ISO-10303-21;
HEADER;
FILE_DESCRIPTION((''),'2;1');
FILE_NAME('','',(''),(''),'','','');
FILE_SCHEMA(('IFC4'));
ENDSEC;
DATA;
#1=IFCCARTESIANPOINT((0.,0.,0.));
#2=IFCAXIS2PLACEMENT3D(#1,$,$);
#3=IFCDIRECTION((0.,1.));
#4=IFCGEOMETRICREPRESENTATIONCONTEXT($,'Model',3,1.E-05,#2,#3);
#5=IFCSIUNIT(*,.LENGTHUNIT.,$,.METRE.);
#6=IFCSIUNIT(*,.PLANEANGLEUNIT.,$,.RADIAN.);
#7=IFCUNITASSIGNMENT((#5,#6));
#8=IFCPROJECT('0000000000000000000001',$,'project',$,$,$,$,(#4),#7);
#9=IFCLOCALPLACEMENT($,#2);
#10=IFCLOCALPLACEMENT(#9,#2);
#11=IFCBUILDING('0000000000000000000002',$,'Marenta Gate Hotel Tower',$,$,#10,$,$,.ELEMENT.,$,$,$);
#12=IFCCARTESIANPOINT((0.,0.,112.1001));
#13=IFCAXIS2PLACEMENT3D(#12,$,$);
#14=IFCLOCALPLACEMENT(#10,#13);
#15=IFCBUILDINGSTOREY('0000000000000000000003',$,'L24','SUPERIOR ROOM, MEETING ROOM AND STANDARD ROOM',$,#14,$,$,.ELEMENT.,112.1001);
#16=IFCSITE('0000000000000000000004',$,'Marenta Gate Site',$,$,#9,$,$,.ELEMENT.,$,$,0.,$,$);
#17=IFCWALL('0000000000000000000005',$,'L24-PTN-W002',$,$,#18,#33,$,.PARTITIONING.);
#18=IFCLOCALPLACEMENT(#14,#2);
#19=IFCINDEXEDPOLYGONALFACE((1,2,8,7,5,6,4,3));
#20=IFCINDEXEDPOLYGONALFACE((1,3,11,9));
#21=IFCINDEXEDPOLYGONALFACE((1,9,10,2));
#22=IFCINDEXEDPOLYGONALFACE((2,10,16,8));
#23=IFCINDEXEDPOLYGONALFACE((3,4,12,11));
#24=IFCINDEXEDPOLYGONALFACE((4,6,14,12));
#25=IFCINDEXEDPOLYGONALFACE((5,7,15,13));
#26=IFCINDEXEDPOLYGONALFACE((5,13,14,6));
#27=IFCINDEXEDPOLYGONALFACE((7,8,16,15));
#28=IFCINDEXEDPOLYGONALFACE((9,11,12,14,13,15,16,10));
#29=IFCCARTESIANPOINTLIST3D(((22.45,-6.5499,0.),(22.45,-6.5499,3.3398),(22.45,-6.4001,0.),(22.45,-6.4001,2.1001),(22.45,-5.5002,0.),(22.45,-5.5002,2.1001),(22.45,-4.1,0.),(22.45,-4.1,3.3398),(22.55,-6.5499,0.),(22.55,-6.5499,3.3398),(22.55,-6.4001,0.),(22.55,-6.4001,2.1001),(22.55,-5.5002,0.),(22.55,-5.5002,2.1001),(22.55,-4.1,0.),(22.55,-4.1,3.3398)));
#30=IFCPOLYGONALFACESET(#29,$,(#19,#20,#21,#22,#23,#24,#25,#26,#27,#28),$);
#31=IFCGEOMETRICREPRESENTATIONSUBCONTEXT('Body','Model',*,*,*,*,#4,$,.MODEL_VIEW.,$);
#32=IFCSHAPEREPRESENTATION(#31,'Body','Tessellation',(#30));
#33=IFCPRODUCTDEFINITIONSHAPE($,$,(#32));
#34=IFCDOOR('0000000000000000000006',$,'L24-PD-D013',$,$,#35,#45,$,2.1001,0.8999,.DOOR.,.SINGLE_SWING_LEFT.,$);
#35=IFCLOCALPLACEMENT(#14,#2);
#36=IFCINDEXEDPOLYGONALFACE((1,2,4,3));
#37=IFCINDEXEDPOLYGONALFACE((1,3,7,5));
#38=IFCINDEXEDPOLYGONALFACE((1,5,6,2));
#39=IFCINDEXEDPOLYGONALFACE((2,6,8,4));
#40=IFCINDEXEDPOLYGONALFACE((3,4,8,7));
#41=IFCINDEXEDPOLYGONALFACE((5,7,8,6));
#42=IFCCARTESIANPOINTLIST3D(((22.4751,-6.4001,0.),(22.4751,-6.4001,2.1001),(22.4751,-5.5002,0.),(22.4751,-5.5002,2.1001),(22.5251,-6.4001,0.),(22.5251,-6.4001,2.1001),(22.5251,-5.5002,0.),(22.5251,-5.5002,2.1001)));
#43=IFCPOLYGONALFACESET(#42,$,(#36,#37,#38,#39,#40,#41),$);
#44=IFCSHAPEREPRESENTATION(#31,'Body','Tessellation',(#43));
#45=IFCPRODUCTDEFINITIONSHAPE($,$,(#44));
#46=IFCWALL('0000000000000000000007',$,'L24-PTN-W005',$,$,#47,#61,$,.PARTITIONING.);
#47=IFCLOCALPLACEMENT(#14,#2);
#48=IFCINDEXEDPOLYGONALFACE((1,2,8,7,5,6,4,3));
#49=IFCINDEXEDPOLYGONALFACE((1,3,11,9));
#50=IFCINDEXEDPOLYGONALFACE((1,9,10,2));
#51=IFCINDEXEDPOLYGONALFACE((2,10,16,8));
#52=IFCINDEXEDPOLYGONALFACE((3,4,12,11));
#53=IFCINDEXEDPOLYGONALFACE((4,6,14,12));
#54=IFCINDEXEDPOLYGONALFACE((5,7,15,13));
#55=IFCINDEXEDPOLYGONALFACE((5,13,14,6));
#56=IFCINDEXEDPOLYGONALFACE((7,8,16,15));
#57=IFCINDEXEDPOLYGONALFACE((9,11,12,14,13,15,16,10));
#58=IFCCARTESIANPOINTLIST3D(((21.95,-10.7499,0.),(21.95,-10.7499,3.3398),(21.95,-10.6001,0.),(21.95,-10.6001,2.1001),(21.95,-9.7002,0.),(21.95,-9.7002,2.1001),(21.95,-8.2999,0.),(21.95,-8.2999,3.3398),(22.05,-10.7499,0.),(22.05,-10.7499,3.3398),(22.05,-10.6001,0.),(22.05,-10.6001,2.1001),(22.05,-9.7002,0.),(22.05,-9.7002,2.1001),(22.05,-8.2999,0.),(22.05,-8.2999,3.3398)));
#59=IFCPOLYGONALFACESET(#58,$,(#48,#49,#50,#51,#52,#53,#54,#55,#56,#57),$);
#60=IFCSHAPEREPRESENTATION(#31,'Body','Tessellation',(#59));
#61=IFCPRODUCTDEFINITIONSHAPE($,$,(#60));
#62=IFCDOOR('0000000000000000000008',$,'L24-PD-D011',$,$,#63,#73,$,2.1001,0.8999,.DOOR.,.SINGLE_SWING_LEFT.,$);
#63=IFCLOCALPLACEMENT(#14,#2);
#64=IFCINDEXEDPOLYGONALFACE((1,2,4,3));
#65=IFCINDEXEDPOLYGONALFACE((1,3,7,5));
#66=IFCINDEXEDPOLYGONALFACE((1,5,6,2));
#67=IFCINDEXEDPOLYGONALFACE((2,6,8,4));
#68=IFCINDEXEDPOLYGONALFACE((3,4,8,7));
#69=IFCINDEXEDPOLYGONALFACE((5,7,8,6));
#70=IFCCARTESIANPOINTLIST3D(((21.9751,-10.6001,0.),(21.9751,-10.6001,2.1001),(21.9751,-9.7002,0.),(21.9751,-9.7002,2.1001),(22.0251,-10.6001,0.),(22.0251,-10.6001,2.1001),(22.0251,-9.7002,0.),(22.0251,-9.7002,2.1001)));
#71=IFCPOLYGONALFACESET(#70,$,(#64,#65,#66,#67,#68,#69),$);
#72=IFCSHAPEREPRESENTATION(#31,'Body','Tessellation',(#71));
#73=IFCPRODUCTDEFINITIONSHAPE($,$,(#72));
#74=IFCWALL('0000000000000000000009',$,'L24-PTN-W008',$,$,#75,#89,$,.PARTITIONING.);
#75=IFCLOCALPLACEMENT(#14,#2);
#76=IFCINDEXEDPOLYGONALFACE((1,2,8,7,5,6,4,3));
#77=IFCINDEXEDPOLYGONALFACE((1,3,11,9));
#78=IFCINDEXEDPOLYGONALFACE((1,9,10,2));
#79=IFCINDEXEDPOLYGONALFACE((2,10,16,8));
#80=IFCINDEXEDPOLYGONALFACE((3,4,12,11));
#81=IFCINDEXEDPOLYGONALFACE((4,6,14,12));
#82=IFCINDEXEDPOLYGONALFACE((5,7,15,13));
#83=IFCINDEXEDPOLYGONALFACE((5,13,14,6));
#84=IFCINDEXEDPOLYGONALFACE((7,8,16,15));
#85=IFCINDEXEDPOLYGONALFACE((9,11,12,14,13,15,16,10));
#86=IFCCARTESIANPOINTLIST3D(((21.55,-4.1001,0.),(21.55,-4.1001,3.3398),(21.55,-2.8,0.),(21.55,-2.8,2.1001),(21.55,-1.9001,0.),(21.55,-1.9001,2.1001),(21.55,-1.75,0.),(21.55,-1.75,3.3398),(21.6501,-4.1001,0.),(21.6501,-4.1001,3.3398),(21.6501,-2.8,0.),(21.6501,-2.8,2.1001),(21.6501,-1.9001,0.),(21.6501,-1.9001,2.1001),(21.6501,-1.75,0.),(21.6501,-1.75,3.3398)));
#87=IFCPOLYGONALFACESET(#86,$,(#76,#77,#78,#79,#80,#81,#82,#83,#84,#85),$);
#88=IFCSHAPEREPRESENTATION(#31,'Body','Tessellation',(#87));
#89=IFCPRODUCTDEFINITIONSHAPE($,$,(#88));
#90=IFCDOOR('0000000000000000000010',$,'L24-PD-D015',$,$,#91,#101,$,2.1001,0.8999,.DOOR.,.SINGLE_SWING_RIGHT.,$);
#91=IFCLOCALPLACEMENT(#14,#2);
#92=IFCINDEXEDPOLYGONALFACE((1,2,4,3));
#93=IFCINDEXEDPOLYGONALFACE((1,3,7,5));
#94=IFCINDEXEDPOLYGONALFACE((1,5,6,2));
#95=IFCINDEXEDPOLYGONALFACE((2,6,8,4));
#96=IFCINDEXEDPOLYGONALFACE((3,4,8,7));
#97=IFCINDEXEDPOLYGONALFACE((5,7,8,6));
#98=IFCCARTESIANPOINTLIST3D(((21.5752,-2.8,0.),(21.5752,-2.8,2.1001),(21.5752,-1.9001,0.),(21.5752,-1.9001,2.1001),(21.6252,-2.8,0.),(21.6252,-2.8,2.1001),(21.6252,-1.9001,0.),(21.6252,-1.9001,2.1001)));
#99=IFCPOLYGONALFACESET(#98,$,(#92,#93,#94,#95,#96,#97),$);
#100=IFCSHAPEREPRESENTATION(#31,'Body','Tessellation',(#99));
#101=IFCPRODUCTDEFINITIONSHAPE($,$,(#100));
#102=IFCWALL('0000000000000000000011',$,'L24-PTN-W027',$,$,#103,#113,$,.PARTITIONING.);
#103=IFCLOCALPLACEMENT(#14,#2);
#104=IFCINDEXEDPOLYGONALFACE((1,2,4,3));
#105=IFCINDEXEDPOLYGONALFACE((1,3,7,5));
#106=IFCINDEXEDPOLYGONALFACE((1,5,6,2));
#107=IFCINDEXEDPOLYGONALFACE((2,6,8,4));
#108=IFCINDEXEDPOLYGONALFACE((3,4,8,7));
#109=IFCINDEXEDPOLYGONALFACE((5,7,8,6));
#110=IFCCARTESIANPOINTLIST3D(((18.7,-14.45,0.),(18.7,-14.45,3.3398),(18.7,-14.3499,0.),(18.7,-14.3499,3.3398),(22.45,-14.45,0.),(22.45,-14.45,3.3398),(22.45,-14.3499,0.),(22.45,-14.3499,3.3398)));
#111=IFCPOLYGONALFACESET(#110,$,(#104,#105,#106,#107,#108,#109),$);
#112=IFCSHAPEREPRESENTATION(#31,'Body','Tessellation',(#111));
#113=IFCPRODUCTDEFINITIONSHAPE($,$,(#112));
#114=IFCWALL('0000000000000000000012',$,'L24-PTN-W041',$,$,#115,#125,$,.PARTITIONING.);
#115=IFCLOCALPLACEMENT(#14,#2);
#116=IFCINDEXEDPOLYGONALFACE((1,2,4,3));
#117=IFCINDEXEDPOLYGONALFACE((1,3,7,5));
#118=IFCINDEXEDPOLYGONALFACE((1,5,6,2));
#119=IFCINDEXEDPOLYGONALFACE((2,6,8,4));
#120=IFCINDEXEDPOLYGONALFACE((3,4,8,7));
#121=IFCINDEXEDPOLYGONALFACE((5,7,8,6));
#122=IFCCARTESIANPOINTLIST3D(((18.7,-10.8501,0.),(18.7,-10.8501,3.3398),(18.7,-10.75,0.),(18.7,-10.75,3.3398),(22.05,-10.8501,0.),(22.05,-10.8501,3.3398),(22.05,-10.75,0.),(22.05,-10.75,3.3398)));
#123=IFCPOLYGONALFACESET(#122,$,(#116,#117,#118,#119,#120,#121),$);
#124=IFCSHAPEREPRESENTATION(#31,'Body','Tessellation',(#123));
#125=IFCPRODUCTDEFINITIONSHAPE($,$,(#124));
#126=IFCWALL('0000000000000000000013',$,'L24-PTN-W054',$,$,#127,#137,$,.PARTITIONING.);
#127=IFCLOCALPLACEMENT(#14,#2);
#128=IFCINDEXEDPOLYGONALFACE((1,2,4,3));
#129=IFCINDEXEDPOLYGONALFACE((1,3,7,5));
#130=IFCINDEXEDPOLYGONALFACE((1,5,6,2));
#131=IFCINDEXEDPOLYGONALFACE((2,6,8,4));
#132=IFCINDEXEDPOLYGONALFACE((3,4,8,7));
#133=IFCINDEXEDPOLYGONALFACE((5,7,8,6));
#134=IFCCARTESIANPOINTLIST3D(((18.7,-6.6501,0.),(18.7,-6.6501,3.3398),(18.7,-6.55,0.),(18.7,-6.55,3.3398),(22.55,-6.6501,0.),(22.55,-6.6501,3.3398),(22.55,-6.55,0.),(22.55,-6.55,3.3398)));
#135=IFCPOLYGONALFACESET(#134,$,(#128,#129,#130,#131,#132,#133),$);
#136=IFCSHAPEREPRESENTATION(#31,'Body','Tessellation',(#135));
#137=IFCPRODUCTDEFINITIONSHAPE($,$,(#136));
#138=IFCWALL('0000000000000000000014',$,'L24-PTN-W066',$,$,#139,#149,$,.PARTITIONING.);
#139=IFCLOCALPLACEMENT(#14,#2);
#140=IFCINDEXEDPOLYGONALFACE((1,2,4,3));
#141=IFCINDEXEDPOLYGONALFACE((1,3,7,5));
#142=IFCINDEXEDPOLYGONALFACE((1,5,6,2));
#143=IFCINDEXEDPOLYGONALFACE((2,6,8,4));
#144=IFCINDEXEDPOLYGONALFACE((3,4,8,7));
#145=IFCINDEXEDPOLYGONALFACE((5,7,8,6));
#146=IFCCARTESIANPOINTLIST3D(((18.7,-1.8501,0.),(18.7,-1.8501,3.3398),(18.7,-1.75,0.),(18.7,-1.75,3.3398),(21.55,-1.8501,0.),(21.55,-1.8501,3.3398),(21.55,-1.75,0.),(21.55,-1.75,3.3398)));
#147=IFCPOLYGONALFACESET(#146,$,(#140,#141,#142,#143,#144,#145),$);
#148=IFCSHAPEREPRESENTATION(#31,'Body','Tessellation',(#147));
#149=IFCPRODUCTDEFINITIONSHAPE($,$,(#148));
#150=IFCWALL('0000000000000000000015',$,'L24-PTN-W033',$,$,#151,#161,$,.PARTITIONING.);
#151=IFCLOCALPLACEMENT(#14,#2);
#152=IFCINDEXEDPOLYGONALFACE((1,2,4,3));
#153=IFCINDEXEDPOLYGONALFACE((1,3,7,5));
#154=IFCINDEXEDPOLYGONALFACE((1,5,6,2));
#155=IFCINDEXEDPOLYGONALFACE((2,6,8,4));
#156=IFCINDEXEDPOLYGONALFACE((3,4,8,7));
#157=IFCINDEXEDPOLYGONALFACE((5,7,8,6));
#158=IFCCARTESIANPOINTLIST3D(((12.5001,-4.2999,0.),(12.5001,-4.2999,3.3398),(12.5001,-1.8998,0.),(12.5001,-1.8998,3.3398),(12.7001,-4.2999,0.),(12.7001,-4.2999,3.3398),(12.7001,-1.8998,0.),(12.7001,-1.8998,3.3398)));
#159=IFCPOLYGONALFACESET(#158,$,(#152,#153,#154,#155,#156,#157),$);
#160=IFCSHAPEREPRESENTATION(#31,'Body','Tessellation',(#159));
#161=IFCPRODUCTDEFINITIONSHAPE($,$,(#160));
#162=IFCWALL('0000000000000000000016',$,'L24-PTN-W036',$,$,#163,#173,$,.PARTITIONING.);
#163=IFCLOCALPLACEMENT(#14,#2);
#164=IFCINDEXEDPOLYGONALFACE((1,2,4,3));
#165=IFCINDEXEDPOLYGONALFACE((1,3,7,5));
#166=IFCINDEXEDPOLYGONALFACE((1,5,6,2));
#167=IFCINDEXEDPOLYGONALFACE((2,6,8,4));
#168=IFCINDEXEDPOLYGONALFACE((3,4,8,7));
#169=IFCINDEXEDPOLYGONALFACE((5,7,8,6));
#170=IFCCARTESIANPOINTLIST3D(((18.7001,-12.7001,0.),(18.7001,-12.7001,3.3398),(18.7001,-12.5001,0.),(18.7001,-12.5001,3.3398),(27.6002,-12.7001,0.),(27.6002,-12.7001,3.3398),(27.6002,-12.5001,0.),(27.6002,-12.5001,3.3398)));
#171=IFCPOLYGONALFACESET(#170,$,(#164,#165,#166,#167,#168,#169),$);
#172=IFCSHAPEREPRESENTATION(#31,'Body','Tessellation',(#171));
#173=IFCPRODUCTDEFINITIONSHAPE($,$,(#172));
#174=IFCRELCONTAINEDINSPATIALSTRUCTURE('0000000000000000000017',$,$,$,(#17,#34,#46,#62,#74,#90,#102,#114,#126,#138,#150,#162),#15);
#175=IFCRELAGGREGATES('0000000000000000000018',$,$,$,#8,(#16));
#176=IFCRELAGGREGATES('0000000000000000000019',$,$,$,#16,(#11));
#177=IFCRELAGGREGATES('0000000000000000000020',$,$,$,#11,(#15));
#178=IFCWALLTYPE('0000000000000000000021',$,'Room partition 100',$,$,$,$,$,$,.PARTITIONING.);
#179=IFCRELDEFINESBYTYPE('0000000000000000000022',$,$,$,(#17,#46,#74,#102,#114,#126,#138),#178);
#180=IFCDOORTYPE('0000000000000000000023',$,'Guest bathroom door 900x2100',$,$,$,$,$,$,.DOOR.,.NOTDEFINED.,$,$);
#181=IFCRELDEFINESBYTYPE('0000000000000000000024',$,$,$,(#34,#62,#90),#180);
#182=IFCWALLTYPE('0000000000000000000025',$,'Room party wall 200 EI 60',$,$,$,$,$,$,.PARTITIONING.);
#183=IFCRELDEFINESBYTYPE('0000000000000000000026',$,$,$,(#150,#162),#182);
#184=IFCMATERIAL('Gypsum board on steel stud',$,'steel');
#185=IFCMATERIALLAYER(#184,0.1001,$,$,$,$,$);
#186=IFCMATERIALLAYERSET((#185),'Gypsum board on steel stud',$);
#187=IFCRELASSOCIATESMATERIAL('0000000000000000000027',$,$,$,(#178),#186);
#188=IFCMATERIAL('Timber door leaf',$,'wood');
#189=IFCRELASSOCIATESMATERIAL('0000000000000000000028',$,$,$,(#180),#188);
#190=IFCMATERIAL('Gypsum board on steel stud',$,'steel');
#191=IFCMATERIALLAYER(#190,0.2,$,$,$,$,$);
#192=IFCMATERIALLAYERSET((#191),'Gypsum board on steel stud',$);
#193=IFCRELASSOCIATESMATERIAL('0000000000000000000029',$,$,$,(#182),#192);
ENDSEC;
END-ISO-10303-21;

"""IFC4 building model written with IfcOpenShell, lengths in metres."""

from ifc_helpers import new_model, si_unit, direction, frame, frame_2d, origin, place, context, subcontext, project, spatial, rectangle, extrude, material, layer, layer_set, type_object, element, fill, save


model = new_model("IFC4")

# Units and contexts
model_context = context("Model", 3, precision=1e-05, world=origin(), true_north=direction((0.0, 1.0)))
body_context = subcontext(model_context, "Body", "Model", "MODEL_VIEW")
ifc_project = project(units=[si_unit("LENGTHUNIT", "METRE"), si_unit("PLANEANGLEUNIT", "RADIAN")], contexts=[model_context])

# Site, building, storey
site_placement = place(None, origin())
site = spatial("IfcSite", under=ifc_project, at=site_placement, Name="Marenta Gate Site", CompositionType="ELEMENT", RefElevation=0.0)
building_placement = place(site_placement, origin())
building = spatial("IfcBuilding", under=site, at=building_placement, Name="Marenta Gate Hotel Tower", CompositionType="ELEMENT")
storey_placement = place(building_placement, frame((0.0, 0.0, 112.1001)))
storey = spatial("IfcBuildingStorey", under=building, at=storey_placement, Name="L24", Description="SUPERIOR ROOM, MEETING ROOM AND STANDARD ROOM", CompositionType="ELEMENT", Elevation=112.1001)

# Walls, openings, doors
ifc_material_1 = material(Name="Gypsum board on steel stud", Category="steel")
ifc_layer_1 = layer(ifc_material_1, 0.1001)
ifc_layer_set_1 = layer_set([ifc_layer_1], Name="Gypsum board on steel stud")
wall_type_1 = type_object("IfcWallType", Name="Room partition 100", PredefinedType="PARTITIONING", material=ifc_layer_set_1)
wall_1_placement = place(storey_placement, frame((22.5, -6.55, 0.0), z_axis=(0.0, 0.0, 1.0), x_axis=(0.0, 1.0, 0.0)))
wall_1 = element("IfcWall", 1, at=wall_1_placement, inside=storey, type_object=wall_type_1, Name="L24-PTN-W002", PredefinedType="PARTITIONING", context=body_context, shape_type="SweptSolid", body=[
    extrude(rectangle(XDim=2.45, YDim=0.1001, at=frame_2d((1.2251, 0.0))), origin(), (0.0, 0.0, 1.0), 3.3398),
])
opening_1_placement = place(wall_1_placement, frame((0.1499, 0.0, 0.0)))
opening_1 = element("IfcOpeningElement", 2, at=opening_1_placement, cuts=wall_1, PredefinedType="OPENING", context=body_context, shape_type="SweptSolid", body=[
    extrude(rectangle(XDim=0.8999, YDim=2.1001, at=frame_2d((0.45, 1.05))), frame((0.0, 0.05, 0.0), z_axis=(0.0, -1.0, 0.0), x_axis=(1.0, 0.0, 0.0)), (0.0, 0.0, 1.0), 0.1001),
])
ifc_material_2 = material(Name="Timber door leaf", Category="wood")
door_type_1 = type_object("IfcDoorType", Name="Guest bathroom door 900x2100", OperationType="NOTDEFINED", PredefinedType="DOOR", material=ifc_material_2)
door_1_placement = place(opening_1_placement, origin())
door_1 = element("IfcDoor", 3, at=door_1_placement, inside=storey, type_object=door_type_1, Name="L24-PD-D013", OperationType="SINGLE_SWING_LEFT", OverallHeight=2.1001, OverallWidth=0.8999, PredefinedType="DOOR", context=body_context, shape_type="SweptSolid", body=[
    extrude(rectangle(XDim=0.8999, YDim=2.1001, at=frame_2d((0.45, 1.05))), frame((0.0, 0.0249, 0.0), z_axis=(0.0, -1.0, 0.0), x_axis=(1.0, 0.0, 0.0)), (0.0, 0.0, 1.0), 0.05),
])
fill(opening_1, door_1)
wall_2_placement = place(storey_placement, frame((22.0, -10.75, 0.0), z_axis=(0.0, 0.0, 1.0), x_axis=(0.0, 1.0, 0.0)))
wall_2 = element("IfcWall", 4, at=wall_2_placement, inside=storey, type_object=wall_type_1, Name="L24-PTN-W005", PredefinedType="PARTITIONING", context=body_context, shape_type="SweptSolid", body=[
    extrude(rectangle(XDim=2.45, YDim=0.1001, at=frame_2d((1.2251, 0.0))), origin(), (0.0, 0.0, 1.0), 3.3398),
])
opening_2_placement = place(wall_2_placement, frame((0.1499, 0.0, 0.0)))
opening_2 = element("IfcOpeningElement", 5, at=opening_2_placement, cuts=wall_2, PredefinedType="OPENING", context=body_context, shape_type="SweptSolid", body=[
    extrude(rectangle(XDim=0.8999, YDim=2.1001, at=frame_2d((0.45, 1.05))), frame((0.0, 0.05, 0.0), z_axis=(0.0, -1.0, 0.0), x_axis=(1.0, 0.0, 0.0)), (0.0, 0.0, 1.0), 0.1001),
])
door_2_placement = place(opening_2_placement, origin())
door_2 = element("IfcDoor", 6, at=door_2_placement, inside=storey, type_object=door_type_1, Name="L24-PD-D011", OperationType="SINGLE_SWING_LEFT", OverallHeight=2.1001, OverallWidth=0.8999, PredefinedType="DOOR", context=body_context, shape_type="SweptSolid", body=[
    extrude(rectangle(XDim=0.8999, YDim=2.1001, at=frame_2d((0.45, 1.05))), frame((0.0, 0.0249, 0.0), z_axis=(0.0, -1.0, 0.0), x_axis=(1.0, 0.0, 0.0)), (0.0, 0.0, 1.0), 0.05),
])
fill(opening_2, door_2)
wall_3_placement = place(storey_placement, frame((21.6001, -4.1001, 0.0), z_axis=(0.0, 0.0, 1.0), x_axis=(0.0, 1.0, 0.0)))
wall_3 = element("IfcWall", 7, at=wall_3_placement, inside=storey, type_object=wall_type_1, Name="L24-PTN-W008", PredefinedType="PARTITIONING", context=body_context, shape_type="SweptSolid", body=[
    extrude(rectangle(XDim=2.3501, YDim=0.1001, at=frame_2d((1.175, 0.0))), origin(), (0.0, 0.0, 1.0), 3.3398),
])
opening_3_placement = place(wall_3_placement, frame((1.3, 0.0, 0.0)))
opening_3 = element("IfcOpeningElement", 8, at=opening_3_placement, cuts=wall_3, PredefinedType="OPENING", context=body_context, shape_type="SweptSolid", body=[
    extrude(rectangle(XDim=0.8999, YDim=2.1001, at=frame_2d((0.45, 1.05))), frame((0.0, 0.05, 0.0), z_axis=(0.0, -1.0, 0.0), x_axis=(1.0, 0.0, 0.0)), (0.0, 0.0, 1.0), 0.1001),
])
door_3_placement = place(opening_3_placement, origin())
door_3 = element("IfcDoor", 9, at=door_3_placement, inside=storey, type_object=door_type_1, Name="L24-PD-D015", OperationType="SINGLE_SWING_RIGHT", OverallHeight=2.1001, OverallWidth=0.8999, PredefinedType="DOOR", context=body_context, shape_type="SweptSolid", body=[
    extrude(rectangle(XDim=0.8999, YDim=2.1001, at=frame_2d((0.45, 1.05))), frame((0.0, 0.0249, 0.0), z_axis=(0.0, -1.0, 0.0), x_axis=(1.0, 0.0, 0.0)), (0.0, 0.0, 1.0), 0.05),
])
fill(opening_3, door_3)

# Walls
wall_4_placement = place(storey_placement, frame((18.7, -14.3999, 0.0), z_axis=(0.0, 0.0, 1.0), x_axis=(1.0, 0.0, 0.0)))
element("IfcWall", 10, at=wall_4_placement, inside=storey, type_object=wall_type_1, Name="L24-PTN-W027", PredefinedType="PARTITIONING", context=body_context, shape_type="SweptSolid", body=[
    extrude(rectangle(XDim=3.75, YDim=0.1001, at=frame_2d((1.875, 0.0))), origin(), (0.0, 0.0, 1.0), 3.3398),
])
wall_5_placement = place(storey_placement, frame((18.7, -10.8, 0.0), z_axis=(0.0, 0.0, 1.0), x_axis=(1.0, 0.0, 0.0)))
element("IfcWall", 11, at=wall_5_placement, inside=storey, type_object=wall_type_1, Name="L24-PTN-W041", PredefinedType="PARTITIONING", context=body_context, shape_type="SweptSolid", body=[
    extrude(rectangle(XDim=3.3501, YDim=0.1001, at=frame_2d((1.675, 0.0))), origin(), (0.0, 0.0, 1.0), 3.3398),
])
wall_6_placement = place(storey_placement, frame((18.7, -6.6001, 0.0), z_axis=(0.0, 0.0, 1.0), x_axis=(1.0, 0.0, 0.0)))
element("IfcWall", 12, at=wall_6_placement, inside=storey, type_object=wall_type_1, Name="L24-PTN-W054", PredefinedType="PARTITIONING", context=body_context, shape_type="SweptSolid", body=[
    extrude(rectangle(XDim=3.8501, YDim=0.1001, at=frame_2d((1.925, 0.0))), origin(), (0.0, 0.0, 1.0), 3.3398),
])
wall_7_placement = place(storey_placement, frame((18.7, -1.8, 0.0), z_axis=(0.0, 0.0, 1.0), x_axis=(1.0, 0.0, 0.0)))
element("IfcWall", 13, at=wall_7_placement, inside=storey, type_object=wall_type_1, Name="L24-PTN-W066", PredefinedType="PARTITIONING", context=body_context, shape_type="SweptSolid", body=[
    extrude(rectangle(XDim=2.8501, YDim=0.1001, at=frame_2d((1.425, 0.0))), origin(), (0.0, 0.0, 1.0), 3.3398),
])
ifc_material_3 = material(Name="Gypsum board on steel stud", Category="steel")
ifc_layer_2 = layer(ifc_material_3, 0.2)
ifc_layer_set_2 = layer_set([ifc_layer_2], Name="Gypsum board on steel stud")
wall_type_2 = type_object("IfcWallType", Name="Room party wall 200 EI 60", PredefinedType="PARTITIONING", material=ifc_layer_set_2)
wall_8_placement = place(storey_placement, frame((12.6001, -4.3, 0.0), z_axis=(0.0, 0.0, 1.0), x_axis=(0.0, 1.0, 0.0)))
element("IfcWall", 14, at=wall_8_placement, inside=storey, type_object=wall_type_2, Name="L24-PTN-W033", PredefinedType="PARTITIONING", context=body_context, shape_type="SweptSolid", body=[
    extrude(rectangle(XDim=2.4001, YDim=0.2, at=frame_2d((1.2002, 0.0))), origin(), (0.0, 0.0, 1.0), 3.3398),
])
wall_9_placement = place(storey_placement, frame((18.7, -12.6001, 0.0), z_axis=(0.0, 0.0, 1.0), x_axis=(1.0, 0.0, 0.0)))
element("IfcWall", 15, at=wall_9_placement, inside=storey, type_object=wall_type_2, Name="L24-PTN-W036", PredefinedType="PARTITIONING", context=body_context, shape_type="SweptSolid", body=[
    extrude(rectangle(XDim=8.9001, YDim=0.2, at=frame_2d((4.4502, 0.0))), origin(), (0.0, 0.0, 1.0), 3.3398),
])

save(model, "model.ifc")
